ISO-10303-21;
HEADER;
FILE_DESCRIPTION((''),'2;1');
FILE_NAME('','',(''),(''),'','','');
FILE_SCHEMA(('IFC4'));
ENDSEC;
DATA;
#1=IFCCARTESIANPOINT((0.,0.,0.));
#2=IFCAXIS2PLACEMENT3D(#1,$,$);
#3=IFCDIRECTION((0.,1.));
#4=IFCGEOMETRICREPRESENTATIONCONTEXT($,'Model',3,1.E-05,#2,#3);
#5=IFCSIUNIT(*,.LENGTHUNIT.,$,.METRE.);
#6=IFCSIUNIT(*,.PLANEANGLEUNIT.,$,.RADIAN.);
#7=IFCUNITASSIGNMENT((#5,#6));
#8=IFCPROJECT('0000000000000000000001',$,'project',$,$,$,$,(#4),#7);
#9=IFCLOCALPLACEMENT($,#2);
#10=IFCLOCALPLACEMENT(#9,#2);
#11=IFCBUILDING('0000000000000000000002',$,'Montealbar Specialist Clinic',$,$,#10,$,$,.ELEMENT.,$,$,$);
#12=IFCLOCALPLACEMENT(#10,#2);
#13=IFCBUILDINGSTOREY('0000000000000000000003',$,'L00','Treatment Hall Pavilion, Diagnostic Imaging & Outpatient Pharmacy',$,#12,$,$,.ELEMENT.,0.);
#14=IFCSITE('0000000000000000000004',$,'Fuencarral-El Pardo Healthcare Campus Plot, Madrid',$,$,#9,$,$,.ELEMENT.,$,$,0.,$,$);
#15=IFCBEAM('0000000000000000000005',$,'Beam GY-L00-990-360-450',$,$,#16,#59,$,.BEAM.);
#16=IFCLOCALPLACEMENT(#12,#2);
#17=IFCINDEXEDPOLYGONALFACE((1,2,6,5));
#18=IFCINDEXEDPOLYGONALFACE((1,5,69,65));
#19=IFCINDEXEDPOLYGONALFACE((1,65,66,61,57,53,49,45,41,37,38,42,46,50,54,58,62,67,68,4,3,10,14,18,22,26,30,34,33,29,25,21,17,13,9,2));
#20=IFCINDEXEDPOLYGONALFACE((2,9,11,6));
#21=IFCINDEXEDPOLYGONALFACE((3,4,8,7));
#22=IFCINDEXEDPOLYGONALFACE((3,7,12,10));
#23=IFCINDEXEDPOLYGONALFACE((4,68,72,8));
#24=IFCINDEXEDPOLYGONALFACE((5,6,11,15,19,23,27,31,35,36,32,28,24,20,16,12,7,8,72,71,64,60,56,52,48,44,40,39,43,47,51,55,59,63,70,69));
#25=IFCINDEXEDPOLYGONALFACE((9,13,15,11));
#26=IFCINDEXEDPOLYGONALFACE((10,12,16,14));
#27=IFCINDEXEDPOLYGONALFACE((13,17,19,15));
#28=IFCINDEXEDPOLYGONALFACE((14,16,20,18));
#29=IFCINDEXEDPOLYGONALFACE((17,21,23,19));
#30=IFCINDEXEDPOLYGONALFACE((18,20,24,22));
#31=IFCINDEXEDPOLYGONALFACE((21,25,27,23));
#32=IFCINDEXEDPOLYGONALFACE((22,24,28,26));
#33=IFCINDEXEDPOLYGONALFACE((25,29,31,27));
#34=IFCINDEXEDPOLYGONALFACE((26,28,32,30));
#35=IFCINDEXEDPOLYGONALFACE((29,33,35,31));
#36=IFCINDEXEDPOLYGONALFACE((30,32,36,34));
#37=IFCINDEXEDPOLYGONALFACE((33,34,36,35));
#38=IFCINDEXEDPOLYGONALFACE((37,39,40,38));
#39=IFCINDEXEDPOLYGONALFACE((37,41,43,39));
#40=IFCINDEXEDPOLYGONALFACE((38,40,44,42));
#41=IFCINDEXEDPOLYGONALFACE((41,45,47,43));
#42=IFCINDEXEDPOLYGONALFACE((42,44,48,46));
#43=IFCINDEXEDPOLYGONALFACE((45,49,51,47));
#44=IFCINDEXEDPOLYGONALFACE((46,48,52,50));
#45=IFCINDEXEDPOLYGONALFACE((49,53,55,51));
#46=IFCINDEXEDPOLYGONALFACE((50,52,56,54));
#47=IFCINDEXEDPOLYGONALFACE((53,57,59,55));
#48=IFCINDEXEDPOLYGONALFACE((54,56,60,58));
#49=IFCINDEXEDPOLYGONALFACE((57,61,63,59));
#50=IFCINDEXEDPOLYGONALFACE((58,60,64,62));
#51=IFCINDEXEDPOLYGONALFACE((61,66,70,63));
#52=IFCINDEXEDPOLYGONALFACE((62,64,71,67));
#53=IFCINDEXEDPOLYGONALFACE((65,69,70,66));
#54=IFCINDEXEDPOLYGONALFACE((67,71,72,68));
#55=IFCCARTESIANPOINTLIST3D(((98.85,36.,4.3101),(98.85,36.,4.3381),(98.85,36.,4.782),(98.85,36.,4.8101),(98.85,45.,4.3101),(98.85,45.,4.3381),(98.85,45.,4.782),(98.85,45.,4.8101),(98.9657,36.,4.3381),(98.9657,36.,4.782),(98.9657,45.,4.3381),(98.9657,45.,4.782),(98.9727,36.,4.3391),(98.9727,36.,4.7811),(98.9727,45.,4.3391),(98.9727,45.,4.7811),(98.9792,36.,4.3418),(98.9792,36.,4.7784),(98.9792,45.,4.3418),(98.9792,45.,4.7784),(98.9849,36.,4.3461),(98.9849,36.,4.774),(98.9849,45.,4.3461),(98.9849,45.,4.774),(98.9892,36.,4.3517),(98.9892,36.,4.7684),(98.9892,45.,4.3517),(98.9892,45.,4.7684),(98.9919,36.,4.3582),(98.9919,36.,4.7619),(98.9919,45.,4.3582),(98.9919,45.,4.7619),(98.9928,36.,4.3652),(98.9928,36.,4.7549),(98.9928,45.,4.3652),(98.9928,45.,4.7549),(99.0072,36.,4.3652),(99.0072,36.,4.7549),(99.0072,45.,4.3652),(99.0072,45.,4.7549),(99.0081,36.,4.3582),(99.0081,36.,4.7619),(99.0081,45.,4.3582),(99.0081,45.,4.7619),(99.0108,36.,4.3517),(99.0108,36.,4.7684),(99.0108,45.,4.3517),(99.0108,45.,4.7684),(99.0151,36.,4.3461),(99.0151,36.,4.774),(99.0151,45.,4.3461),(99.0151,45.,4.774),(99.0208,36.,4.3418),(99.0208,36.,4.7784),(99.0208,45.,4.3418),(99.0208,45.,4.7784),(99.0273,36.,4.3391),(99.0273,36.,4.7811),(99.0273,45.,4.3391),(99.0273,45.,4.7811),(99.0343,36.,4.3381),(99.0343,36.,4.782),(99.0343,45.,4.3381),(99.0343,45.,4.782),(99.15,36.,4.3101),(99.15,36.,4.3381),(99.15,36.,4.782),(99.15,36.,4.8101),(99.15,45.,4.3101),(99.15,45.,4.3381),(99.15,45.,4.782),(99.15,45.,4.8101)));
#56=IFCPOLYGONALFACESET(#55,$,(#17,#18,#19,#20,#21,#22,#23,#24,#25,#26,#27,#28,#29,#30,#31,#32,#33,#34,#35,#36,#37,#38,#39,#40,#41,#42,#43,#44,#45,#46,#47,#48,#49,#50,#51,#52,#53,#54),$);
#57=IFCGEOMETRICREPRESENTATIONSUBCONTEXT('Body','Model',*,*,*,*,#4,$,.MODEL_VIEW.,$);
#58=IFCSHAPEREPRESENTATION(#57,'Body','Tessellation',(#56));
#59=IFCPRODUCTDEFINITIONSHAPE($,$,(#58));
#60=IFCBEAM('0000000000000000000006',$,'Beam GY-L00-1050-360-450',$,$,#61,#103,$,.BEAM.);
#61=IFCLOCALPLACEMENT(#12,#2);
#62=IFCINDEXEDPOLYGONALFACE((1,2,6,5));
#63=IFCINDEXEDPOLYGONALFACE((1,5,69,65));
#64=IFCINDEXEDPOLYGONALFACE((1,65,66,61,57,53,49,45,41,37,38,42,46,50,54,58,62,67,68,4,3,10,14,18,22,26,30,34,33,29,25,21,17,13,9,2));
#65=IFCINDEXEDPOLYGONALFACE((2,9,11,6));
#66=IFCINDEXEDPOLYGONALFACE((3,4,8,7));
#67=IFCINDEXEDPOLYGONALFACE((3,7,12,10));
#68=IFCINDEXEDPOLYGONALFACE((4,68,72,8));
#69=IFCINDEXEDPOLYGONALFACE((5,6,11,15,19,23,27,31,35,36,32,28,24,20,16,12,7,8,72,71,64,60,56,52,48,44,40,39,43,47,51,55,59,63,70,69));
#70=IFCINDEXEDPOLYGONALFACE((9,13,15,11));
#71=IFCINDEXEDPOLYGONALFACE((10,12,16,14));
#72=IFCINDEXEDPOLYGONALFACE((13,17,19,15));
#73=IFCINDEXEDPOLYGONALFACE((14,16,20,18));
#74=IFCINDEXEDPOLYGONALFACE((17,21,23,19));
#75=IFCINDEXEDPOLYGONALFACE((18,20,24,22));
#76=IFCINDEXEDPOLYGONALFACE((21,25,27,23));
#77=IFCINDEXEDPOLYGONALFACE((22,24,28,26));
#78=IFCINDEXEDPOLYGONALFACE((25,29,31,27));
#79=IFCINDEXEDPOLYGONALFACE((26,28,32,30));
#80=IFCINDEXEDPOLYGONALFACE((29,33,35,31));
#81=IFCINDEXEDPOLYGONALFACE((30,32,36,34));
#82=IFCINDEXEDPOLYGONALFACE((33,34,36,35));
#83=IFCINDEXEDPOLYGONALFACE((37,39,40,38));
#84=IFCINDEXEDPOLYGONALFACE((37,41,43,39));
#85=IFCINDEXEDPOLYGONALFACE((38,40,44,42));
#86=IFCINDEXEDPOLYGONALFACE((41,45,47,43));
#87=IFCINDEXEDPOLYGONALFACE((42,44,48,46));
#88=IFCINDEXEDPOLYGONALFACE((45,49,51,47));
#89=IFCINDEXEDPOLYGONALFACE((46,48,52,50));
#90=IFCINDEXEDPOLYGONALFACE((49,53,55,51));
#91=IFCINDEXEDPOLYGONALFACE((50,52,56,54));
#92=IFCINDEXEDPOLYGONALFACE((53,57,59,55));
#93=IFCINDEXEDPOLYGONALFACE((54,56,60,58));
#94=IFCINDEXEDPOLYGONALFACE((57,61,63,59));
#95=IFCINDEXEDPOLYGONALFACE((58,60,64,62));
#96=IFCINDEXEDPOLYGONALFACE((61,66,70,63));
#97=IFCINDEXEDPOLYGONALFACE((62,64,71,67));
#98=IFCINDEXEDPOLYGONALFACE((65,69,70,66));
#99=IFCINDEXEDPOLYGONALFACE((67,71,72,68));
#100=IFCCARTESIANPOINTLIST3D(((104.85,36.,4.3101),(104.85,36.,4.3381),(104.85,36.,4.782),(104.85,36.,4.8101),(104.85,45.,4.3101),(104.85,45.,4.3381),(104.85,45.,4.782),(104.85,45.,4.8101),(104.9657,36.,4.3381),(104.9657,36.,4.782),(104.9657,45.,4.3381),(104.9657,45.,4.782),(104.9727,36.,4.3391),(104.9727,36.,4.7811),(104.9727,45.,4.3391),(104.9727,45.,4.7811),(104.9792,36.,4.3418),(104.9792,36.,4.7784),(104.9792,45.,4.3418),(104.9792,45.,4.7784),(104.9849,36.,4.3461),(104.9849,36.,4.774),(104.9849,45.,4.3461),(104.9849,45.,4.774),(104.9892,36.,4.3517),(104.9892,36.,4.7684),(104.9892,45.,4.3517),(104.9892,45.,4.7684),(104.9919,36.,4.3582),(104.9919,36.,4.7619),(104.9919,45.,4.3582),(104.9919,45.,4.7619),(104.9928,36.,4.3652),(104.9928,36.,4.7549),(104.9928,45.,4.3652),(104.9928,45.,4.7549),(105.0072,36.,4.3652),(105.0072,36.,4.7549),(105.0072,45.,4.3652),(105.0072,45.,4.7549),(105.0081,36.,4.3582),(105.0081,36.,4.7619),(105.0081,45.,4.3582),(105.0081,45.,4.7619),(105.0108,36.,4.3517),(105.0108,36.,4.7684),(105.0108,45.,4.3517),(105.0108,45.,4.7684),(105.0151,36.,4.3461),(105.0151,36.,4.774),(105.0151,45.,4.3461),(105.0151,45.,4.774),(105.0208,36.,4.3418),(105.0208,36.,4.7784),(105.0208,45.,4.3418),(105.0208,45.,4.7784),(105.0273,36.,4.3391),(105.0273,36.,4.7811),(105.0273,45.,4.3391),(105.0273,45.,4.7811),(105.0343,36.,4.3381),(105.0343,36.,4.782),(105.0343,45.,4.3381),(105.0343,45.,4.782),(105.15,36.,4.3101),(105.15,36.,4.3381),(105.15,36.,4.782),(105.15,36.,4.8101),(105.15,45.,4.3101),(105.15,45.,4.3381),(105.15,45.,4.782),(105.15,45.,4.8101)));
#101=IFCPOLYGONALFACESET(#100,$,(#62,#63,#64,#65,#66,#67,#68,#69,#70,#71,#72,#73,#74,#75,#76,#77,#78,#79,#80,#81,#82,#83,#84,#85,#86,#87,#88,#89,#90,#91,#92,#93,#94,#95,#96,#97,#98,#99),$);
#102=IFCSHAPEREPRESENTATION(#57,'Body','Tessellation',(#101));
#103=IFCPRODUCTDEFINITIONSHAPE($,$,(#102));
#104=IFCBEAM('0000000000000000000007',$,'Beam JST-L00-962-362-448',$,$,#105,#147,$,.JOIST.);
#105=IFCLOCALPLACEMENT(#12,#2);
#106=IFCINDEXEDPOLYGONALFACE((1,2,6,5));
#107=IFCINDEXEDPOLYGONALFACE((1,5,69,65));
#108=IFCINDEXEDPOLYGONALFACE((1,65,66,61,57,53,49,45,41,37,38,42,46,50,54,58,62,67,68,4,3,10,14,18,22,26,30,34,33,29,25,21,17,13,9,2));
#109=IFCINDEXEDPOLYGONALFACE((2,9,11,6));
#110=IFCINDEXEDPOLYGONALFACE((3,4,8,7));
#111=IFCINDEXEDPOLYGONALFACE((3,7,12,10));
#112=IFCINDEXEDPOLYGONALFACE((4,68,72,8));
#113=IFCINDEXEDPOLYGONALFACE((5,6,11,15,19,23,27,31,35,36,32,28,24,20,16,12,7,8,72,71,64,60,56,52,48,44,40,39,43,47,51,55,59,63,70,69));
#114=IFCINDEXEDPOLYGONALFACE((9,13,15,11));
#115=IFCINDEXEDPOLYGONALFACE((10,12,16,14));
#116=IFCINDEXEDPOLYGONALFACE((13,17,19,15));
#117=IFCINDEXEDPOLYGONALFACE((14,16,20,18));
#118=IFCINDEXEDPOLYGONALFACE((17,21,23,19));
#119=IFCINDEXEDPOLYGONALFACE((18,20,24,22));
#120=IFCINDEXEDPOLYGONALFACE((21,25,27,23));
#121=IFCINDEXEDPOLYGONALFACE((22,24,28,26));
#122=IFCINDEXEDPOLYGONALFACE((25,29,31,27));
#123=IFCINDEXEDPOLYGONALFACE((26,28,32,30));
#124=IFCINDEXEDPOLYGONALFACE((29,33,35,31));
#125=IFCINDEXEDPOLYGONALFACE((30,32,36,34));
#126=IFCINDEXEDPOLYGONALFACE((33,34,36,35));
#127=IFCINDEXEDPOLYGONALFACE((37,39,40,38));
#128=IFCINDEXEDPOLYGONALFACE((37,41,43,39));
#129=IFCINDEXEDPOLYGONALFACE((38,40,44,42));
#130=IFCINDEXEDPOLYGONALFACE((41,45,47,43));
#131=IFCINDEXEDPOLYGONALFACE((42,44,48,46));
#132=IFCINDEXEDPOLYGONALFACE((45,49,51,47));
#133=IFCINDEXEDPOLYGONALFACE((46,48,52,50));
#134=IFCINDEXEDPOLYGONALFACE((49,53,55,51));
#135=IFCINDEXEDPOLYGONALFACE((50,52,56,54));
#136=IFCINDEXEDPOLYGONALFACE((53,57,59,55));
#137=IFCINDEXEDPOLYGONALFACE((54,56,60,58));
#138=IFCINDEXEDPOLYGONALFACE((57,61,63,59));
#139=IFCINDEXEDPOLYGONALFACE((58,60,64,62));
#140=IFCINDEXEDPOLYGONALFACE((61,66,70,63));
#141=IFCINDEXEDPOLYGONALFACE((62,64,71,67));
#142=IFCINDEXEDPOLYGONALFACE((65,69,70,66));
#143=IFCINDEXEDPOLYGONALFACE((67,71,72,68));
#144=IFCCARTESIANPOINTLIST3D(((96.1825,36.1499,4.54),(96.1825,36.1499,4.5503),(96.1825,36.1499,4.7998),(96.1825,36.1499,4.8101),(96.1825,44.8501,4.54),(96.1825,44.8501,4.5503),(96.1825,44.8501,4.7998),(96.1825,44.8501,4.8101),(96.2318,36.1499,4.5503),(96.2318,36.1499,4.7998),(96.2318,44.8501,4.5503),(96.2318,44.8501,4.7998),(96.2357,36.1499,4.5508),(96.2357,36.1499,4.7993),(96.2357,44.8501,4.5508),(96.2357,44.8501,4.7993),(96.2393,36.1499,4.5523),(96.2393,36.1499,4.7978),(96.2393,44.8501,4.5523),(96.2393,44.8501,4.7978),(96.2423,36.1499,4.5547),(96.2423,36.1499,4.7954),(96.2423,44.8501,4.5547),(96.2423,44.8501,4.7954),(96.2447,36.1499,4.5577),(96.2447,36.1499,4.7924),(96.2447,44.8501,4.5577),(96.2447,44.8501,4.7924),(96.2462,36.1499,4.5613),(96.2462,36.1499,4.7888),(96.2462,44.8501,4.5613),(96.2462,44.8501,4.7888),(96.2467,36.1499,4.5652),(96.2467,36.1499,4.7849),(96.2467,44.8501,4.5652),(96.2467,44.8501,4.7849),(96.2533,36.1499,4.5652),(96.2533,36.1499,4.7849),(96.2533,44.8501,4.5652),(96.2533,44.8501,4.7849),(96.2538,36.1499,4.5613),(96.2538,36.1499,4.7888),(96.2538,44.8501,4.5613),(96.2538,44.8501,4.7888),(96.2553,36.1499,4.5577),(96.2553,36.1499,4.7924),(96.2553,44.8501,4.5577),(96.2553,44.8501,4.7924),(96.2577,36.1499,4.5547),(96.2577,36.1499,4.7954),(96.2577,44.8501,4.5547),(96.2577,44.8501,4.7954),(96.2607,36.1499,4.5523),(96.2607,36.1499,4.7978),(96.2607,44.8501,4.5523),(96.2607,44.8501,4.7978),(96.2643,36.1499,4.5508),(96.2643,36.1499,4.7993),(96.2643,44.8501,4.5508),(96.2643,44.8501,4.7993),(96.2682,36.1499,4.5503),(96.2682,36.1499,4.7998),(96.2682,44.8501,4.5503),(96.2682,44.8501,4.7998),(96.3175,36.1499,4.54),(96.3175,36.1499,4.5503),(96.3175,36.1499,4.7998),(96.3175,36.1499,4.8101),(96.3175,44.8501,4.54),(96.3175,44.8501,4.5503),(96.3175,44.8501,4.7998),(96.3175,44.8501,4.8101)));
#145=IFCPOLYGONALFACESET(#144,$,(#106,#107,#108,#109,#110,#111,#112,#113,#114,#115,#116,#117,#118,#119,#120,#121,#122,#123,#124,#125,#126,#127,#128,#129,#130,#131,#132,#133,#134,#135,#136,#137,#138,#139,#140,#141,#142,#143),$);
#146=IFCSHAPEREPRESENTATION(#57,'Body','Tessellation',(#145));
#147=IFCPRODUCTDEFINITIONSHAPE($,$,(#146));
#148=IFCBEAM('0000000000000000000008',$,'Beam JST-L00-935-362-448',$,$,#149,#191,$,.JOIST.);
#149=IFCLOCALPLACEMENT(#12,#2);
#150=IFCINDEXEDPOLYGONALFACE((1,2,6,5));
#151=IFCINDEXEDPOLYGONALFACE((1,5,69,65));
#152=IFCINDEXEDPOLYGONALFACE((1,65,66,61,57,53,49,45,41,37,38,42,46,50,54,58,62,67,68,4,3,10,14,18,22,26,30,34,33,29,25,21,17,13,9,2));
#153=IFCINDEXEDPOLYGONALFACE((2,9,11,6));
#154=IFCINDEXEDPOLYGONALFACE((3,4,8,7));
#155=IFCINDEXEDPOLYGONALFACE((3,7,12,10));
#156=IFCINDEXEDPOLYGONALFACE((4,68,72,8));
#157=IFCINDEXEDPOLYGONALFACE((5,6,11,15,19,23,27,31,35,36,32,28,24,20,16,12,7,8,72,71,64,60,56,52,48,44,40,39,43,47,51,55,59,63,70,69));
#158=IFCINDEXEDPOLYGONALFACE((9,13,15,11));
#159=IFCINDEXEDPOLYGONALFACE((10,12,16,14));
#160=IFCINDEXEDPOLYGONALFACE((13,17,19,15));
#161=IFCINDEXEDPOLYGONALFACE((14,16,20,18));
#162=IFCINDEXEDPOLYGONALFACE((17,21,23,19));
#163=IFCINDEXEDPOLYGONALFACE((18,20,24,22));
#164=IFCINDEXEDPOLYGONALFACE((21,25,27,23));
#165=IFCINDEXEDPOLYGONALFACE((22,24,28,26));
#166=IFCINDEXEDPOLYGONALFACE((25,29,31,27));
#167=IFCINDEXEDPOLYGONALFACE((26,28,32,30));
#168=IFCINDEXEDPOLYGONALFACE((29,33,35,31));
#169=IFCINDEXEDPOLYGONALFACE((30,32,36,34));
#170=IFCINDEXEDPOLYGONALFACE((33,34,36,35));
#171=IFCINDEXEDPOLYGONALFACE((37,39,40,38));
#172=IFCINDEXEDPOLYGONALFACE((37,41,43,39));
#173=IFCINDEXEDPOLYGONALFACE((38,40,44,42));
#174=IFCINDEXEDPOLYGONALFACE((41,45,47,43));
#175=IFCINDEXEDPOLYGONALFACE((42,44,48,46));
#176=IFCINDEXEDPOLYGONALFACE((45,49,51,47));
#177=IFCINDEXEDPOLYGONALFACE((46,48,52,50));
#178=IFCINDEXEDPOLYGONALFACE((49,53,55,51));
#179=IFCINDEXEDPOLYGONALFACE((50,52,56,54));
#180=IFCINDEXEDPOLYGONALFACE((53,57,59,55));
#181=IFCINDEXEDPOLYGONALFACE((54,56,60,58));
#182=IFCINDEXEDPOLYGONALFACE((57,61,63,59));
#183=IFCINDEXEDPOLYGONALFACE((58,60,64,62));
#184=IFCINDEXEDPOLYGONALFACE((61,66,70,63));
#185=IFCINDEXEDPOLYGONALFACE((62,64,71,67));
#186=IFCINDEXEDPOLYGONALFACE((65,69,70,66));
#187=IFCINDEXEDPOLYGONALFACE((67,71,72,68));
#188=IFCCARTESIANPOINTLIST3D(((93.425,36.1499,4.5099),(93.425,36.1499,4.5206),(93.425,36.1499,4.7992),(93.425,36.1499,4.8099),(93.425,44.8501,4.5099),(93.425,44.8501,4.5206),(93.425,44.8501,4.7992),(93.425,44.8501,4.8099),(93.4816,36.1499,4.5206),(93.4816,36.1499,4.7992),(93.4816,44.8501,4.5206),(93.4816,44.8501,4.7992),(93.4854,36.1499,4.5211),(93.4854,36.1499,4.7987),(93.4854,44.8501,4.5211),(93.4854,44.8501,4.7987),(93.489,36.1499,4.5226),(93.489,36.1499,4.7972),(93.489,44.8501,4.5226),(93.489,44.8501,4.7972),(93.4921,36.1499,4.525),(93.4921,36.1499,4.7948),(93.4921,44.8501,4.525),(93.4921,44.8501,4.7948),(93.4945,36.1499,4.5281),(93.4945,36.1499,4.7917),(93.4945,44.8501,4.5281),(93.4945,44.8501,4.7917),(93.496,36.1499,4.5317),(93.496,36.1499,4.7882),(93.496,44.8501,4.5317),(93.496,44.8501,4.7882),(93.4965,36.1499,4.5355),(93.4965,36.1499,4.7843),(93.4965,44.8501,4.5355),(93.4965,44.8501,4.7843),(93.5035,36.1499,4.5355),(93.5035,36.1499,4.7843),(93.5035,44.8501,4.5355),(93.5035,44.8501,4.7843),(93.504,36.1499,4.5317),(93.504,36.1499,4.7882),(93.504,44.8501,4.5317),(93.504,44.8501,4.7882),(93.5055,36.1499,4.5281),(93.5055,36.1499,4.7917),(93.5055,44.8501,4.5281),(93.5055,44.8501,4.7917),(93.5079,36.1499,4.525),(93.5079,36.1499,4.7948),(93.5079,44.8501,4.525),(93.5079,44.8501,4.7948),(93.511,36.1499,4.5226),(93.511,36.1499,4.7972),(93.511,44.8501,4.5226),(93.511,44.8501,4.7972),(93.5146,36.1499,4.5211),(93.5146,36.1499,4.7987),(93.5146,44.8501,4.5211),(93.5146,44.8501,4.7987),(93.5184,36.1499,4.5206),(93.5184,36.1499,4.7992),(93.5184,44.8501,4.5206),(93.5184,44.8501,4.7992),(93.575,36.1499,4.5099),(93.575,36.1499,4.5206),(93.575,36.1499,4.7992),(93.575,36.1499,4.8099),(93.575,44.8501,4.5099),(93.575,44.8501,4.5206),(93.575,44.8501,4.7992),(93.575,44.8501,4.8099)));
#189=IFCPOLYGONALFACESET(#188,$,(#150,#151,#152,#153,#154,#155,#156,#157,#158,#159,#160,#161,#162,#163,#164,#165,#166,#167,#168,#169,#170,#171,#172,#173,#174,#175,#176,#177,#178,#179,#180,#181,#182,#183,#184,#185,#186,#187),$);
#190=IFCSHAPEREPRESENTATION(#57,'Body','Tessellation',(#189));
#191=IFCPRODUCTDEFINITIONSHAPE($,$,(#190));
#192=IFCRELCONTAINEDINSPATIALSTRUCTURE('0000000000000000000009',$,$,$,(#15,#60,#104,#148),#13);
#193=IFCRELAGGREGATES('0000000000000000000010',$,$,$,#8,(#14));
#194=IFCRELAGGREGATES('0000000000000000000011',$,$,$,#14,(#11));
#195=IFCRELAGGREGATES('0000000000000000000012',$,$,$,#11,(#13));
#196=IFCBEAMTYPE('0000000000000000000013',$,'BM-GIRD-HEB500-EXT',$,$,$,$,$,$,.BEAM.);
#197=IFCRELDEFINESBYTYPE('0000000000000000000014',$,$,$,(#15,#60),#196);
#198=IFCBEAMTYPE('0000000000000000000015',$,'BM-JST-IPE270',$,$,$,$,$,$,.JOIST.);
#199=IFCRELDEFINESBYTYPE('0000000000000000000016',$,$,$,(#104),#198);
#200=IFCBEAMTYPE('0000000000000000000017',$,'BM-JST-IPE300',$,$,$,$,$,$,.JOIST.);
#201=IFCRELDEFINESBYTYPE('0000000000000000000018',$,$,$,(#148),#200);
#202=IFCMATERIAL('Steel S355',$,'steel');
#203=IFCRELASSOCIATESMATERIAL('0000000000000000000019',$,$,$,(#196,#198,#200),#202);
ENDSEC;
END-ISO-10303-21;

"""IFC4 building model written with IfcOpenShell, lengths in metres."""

from ifc_helpers import new_model, si_unit, direction, frame, origin, origin_2d, place, context, subcontext, project, spatial, i_section, extrude, material, material_profile, profile_set, type_object, element, save


model = new_model("IFC4")

# Units and contexts
model_context = context("Model", 3, precision=1e-05, world=origin(), true_north=direction((0.0, 1.0)))
body_context = subcontext(model_context, "Body", "Model", "MODEL_VIEW")
ifc_project = project(units=[si_unit("LENGTHUNIT", "METRE"), si_unit("PLANEANGLEUNIT", "RADIAN")], contexts=[model_context])

# Site, building, storey
site_placement = place(None, origin())
site = spatial("IfcSite", under=ifc_project, at=site_placement, Name="Fuencarral-El Pardo Healthcare Campus Plot, Madrid", CompositionType="ELEMENT", RefElevation=0.0)
building_placement = place(site_placement, origin())
building = spatial("IfcBuilding", under=site, at=building_placement, Name="Montealbar Specialist Clinic", CompositionType="ELEMENT")
storey_placement = place(building_placement, origin())
storey = spatial("IfcBuildingStorey", under=building, at=storey_placement, Name="L00", Description="Treatment Hall Pavilion, Diagnostic Imaging & Outpatient Pharmacy", CompositionType="ELEMENT", Elevation=0.0)

# Shared definitions
ifc_material_1 = material(Name="Steel S355", Category="steel")

# Beams
ifc_material_profile_1 = material_profile(ifc_material_1, i_section(OverallWidth=0.3, OverallDepth=0.5, WebThickness=0.0144, FlangeThickness=0.0281, FilletRadius=0.0271, at=origin_2d()), Name="HEB 500", Category="steel")
ifc_profile_set_1 = profile_set([ifc_material_profile_1], Name="Steel S355")
beam_type_1 = type_object("IfcBeamType", Name="BM-GIRD-HEB500-EXT", PredefinedType="BEAM", material=ifc_profile_set_1)
for number, where, z_axis, x_axis, name in (
    (1, (99.0, 36.0, 4.5601), (0.0, 1.0, 0.0), (-1.0, 0.0, 0.0), "Beam GY-L00-990-360-450"),
    (2, (105.0, 36.0, 4.5601), (0.0, 1.0, 0.0), (-1.0, 0.0, 0.0), "Beam GY-L00-1050-360-450"),
):
    element("IfcBeam", number, at=place(storey_placement, frame(where, z_axis=z_axis, x_axis=x_axis)), inside=storey, type_object=beam_type_1, Name=name, PredefinedType="BEAM", context=body_context, shape_type="SweptSolid", body=[
        extrude(i_section(OverallWidth=0.3, OverallDepth=0.5, WebThickness=0.0144, FlangeThickness=0.0281, FilletRadius=0.0271, at=origin_2d()), origin(), (0.0, 0.0, 1.0), 9.0),
    ])
ifc_material_profile_2 = material_profile(ifc_material_1, i_section(OverallWidth=0.135, OverallDepth=0.27, WebThickness=0.0066, FlangeThickness=0.0103, FilletRadius=0.0149, at=origin_2d()), Name="IPE 270", Category="steel")
ifc_profile_set_2 = profile_set([ifc_material_profile_2], Name="Steel S355")
beam_type_2 = type_object("IfcBeamType", Name="BM-JST-IPE270", PredefinedType="JOIST", material=ifc_profile_set_2)
beam_1_placement = place(storey_placement, frame((96.25, 36.1499, 4.675), z_axis=(0.0, 1.0, 0.0), x_axis=(-1.0, 0.0, 0.0)))
element("IfcBeam", 3, at=beam_1_placement, inside=storey, type_object=beam_type_2, Name="Beam JST-L00-962-362-448", PredefinedType="JOIST", context=body_context, shape_type="SweptSolid", body=[
    extrude(i_section(OverallWidth=0.135, OverallDepth=0.27, WebThickness=0.0066, FlangeThickness=0.0103, FilletRadius=0.0149, at=origin_2d()), origin(), (0.0, 0.0, 1.0), 8.7002),
])
ifc_material_profile_3 = material_profile(ifc_material_1, i_section(OverallWidth=0.1499, OverallDepth=0.3, WebThickness=0.0071, FlangeThickness=0.0107, FilletRadius=0.0149, at=origin_2d()), Name="IPE 300", Category="steel")
ifc_profile_set_3 = profile_set([ifc_material_profile_3], Name="Steel S355")
beam_type_3 = type_object("IfcBeamType", Name="BM-JST-IPE300", PredefinedType="JOIST", material=ifc_profile_set_3)
beam_2_placement = place(storey_placement, frame((93.5, 36.1499, 4.6599), z_axis=(0.0, 1.0, 0.0), x_axis=(-1.0, 0.0, 0.0)))
element("IfcBeam", 4, at=beam_2_placement, inside=storey, type_object=beam_type_3, Name="Beam JST-L00-935-362-448", PredefinedType="JOIST", context=body_context, shape_type="SweptSolid", body=[
    extrude(i_section(OverallWidth=0.1499, OverallDepth=0.3, WebThickness=0.0071, FlangeThickness=0.0107, FilletRadius=0.0149, at=origin_2d()), origin(), (0.0, 0.0, 1.0), 8.7002),
])

save(model, "model.ifc")
